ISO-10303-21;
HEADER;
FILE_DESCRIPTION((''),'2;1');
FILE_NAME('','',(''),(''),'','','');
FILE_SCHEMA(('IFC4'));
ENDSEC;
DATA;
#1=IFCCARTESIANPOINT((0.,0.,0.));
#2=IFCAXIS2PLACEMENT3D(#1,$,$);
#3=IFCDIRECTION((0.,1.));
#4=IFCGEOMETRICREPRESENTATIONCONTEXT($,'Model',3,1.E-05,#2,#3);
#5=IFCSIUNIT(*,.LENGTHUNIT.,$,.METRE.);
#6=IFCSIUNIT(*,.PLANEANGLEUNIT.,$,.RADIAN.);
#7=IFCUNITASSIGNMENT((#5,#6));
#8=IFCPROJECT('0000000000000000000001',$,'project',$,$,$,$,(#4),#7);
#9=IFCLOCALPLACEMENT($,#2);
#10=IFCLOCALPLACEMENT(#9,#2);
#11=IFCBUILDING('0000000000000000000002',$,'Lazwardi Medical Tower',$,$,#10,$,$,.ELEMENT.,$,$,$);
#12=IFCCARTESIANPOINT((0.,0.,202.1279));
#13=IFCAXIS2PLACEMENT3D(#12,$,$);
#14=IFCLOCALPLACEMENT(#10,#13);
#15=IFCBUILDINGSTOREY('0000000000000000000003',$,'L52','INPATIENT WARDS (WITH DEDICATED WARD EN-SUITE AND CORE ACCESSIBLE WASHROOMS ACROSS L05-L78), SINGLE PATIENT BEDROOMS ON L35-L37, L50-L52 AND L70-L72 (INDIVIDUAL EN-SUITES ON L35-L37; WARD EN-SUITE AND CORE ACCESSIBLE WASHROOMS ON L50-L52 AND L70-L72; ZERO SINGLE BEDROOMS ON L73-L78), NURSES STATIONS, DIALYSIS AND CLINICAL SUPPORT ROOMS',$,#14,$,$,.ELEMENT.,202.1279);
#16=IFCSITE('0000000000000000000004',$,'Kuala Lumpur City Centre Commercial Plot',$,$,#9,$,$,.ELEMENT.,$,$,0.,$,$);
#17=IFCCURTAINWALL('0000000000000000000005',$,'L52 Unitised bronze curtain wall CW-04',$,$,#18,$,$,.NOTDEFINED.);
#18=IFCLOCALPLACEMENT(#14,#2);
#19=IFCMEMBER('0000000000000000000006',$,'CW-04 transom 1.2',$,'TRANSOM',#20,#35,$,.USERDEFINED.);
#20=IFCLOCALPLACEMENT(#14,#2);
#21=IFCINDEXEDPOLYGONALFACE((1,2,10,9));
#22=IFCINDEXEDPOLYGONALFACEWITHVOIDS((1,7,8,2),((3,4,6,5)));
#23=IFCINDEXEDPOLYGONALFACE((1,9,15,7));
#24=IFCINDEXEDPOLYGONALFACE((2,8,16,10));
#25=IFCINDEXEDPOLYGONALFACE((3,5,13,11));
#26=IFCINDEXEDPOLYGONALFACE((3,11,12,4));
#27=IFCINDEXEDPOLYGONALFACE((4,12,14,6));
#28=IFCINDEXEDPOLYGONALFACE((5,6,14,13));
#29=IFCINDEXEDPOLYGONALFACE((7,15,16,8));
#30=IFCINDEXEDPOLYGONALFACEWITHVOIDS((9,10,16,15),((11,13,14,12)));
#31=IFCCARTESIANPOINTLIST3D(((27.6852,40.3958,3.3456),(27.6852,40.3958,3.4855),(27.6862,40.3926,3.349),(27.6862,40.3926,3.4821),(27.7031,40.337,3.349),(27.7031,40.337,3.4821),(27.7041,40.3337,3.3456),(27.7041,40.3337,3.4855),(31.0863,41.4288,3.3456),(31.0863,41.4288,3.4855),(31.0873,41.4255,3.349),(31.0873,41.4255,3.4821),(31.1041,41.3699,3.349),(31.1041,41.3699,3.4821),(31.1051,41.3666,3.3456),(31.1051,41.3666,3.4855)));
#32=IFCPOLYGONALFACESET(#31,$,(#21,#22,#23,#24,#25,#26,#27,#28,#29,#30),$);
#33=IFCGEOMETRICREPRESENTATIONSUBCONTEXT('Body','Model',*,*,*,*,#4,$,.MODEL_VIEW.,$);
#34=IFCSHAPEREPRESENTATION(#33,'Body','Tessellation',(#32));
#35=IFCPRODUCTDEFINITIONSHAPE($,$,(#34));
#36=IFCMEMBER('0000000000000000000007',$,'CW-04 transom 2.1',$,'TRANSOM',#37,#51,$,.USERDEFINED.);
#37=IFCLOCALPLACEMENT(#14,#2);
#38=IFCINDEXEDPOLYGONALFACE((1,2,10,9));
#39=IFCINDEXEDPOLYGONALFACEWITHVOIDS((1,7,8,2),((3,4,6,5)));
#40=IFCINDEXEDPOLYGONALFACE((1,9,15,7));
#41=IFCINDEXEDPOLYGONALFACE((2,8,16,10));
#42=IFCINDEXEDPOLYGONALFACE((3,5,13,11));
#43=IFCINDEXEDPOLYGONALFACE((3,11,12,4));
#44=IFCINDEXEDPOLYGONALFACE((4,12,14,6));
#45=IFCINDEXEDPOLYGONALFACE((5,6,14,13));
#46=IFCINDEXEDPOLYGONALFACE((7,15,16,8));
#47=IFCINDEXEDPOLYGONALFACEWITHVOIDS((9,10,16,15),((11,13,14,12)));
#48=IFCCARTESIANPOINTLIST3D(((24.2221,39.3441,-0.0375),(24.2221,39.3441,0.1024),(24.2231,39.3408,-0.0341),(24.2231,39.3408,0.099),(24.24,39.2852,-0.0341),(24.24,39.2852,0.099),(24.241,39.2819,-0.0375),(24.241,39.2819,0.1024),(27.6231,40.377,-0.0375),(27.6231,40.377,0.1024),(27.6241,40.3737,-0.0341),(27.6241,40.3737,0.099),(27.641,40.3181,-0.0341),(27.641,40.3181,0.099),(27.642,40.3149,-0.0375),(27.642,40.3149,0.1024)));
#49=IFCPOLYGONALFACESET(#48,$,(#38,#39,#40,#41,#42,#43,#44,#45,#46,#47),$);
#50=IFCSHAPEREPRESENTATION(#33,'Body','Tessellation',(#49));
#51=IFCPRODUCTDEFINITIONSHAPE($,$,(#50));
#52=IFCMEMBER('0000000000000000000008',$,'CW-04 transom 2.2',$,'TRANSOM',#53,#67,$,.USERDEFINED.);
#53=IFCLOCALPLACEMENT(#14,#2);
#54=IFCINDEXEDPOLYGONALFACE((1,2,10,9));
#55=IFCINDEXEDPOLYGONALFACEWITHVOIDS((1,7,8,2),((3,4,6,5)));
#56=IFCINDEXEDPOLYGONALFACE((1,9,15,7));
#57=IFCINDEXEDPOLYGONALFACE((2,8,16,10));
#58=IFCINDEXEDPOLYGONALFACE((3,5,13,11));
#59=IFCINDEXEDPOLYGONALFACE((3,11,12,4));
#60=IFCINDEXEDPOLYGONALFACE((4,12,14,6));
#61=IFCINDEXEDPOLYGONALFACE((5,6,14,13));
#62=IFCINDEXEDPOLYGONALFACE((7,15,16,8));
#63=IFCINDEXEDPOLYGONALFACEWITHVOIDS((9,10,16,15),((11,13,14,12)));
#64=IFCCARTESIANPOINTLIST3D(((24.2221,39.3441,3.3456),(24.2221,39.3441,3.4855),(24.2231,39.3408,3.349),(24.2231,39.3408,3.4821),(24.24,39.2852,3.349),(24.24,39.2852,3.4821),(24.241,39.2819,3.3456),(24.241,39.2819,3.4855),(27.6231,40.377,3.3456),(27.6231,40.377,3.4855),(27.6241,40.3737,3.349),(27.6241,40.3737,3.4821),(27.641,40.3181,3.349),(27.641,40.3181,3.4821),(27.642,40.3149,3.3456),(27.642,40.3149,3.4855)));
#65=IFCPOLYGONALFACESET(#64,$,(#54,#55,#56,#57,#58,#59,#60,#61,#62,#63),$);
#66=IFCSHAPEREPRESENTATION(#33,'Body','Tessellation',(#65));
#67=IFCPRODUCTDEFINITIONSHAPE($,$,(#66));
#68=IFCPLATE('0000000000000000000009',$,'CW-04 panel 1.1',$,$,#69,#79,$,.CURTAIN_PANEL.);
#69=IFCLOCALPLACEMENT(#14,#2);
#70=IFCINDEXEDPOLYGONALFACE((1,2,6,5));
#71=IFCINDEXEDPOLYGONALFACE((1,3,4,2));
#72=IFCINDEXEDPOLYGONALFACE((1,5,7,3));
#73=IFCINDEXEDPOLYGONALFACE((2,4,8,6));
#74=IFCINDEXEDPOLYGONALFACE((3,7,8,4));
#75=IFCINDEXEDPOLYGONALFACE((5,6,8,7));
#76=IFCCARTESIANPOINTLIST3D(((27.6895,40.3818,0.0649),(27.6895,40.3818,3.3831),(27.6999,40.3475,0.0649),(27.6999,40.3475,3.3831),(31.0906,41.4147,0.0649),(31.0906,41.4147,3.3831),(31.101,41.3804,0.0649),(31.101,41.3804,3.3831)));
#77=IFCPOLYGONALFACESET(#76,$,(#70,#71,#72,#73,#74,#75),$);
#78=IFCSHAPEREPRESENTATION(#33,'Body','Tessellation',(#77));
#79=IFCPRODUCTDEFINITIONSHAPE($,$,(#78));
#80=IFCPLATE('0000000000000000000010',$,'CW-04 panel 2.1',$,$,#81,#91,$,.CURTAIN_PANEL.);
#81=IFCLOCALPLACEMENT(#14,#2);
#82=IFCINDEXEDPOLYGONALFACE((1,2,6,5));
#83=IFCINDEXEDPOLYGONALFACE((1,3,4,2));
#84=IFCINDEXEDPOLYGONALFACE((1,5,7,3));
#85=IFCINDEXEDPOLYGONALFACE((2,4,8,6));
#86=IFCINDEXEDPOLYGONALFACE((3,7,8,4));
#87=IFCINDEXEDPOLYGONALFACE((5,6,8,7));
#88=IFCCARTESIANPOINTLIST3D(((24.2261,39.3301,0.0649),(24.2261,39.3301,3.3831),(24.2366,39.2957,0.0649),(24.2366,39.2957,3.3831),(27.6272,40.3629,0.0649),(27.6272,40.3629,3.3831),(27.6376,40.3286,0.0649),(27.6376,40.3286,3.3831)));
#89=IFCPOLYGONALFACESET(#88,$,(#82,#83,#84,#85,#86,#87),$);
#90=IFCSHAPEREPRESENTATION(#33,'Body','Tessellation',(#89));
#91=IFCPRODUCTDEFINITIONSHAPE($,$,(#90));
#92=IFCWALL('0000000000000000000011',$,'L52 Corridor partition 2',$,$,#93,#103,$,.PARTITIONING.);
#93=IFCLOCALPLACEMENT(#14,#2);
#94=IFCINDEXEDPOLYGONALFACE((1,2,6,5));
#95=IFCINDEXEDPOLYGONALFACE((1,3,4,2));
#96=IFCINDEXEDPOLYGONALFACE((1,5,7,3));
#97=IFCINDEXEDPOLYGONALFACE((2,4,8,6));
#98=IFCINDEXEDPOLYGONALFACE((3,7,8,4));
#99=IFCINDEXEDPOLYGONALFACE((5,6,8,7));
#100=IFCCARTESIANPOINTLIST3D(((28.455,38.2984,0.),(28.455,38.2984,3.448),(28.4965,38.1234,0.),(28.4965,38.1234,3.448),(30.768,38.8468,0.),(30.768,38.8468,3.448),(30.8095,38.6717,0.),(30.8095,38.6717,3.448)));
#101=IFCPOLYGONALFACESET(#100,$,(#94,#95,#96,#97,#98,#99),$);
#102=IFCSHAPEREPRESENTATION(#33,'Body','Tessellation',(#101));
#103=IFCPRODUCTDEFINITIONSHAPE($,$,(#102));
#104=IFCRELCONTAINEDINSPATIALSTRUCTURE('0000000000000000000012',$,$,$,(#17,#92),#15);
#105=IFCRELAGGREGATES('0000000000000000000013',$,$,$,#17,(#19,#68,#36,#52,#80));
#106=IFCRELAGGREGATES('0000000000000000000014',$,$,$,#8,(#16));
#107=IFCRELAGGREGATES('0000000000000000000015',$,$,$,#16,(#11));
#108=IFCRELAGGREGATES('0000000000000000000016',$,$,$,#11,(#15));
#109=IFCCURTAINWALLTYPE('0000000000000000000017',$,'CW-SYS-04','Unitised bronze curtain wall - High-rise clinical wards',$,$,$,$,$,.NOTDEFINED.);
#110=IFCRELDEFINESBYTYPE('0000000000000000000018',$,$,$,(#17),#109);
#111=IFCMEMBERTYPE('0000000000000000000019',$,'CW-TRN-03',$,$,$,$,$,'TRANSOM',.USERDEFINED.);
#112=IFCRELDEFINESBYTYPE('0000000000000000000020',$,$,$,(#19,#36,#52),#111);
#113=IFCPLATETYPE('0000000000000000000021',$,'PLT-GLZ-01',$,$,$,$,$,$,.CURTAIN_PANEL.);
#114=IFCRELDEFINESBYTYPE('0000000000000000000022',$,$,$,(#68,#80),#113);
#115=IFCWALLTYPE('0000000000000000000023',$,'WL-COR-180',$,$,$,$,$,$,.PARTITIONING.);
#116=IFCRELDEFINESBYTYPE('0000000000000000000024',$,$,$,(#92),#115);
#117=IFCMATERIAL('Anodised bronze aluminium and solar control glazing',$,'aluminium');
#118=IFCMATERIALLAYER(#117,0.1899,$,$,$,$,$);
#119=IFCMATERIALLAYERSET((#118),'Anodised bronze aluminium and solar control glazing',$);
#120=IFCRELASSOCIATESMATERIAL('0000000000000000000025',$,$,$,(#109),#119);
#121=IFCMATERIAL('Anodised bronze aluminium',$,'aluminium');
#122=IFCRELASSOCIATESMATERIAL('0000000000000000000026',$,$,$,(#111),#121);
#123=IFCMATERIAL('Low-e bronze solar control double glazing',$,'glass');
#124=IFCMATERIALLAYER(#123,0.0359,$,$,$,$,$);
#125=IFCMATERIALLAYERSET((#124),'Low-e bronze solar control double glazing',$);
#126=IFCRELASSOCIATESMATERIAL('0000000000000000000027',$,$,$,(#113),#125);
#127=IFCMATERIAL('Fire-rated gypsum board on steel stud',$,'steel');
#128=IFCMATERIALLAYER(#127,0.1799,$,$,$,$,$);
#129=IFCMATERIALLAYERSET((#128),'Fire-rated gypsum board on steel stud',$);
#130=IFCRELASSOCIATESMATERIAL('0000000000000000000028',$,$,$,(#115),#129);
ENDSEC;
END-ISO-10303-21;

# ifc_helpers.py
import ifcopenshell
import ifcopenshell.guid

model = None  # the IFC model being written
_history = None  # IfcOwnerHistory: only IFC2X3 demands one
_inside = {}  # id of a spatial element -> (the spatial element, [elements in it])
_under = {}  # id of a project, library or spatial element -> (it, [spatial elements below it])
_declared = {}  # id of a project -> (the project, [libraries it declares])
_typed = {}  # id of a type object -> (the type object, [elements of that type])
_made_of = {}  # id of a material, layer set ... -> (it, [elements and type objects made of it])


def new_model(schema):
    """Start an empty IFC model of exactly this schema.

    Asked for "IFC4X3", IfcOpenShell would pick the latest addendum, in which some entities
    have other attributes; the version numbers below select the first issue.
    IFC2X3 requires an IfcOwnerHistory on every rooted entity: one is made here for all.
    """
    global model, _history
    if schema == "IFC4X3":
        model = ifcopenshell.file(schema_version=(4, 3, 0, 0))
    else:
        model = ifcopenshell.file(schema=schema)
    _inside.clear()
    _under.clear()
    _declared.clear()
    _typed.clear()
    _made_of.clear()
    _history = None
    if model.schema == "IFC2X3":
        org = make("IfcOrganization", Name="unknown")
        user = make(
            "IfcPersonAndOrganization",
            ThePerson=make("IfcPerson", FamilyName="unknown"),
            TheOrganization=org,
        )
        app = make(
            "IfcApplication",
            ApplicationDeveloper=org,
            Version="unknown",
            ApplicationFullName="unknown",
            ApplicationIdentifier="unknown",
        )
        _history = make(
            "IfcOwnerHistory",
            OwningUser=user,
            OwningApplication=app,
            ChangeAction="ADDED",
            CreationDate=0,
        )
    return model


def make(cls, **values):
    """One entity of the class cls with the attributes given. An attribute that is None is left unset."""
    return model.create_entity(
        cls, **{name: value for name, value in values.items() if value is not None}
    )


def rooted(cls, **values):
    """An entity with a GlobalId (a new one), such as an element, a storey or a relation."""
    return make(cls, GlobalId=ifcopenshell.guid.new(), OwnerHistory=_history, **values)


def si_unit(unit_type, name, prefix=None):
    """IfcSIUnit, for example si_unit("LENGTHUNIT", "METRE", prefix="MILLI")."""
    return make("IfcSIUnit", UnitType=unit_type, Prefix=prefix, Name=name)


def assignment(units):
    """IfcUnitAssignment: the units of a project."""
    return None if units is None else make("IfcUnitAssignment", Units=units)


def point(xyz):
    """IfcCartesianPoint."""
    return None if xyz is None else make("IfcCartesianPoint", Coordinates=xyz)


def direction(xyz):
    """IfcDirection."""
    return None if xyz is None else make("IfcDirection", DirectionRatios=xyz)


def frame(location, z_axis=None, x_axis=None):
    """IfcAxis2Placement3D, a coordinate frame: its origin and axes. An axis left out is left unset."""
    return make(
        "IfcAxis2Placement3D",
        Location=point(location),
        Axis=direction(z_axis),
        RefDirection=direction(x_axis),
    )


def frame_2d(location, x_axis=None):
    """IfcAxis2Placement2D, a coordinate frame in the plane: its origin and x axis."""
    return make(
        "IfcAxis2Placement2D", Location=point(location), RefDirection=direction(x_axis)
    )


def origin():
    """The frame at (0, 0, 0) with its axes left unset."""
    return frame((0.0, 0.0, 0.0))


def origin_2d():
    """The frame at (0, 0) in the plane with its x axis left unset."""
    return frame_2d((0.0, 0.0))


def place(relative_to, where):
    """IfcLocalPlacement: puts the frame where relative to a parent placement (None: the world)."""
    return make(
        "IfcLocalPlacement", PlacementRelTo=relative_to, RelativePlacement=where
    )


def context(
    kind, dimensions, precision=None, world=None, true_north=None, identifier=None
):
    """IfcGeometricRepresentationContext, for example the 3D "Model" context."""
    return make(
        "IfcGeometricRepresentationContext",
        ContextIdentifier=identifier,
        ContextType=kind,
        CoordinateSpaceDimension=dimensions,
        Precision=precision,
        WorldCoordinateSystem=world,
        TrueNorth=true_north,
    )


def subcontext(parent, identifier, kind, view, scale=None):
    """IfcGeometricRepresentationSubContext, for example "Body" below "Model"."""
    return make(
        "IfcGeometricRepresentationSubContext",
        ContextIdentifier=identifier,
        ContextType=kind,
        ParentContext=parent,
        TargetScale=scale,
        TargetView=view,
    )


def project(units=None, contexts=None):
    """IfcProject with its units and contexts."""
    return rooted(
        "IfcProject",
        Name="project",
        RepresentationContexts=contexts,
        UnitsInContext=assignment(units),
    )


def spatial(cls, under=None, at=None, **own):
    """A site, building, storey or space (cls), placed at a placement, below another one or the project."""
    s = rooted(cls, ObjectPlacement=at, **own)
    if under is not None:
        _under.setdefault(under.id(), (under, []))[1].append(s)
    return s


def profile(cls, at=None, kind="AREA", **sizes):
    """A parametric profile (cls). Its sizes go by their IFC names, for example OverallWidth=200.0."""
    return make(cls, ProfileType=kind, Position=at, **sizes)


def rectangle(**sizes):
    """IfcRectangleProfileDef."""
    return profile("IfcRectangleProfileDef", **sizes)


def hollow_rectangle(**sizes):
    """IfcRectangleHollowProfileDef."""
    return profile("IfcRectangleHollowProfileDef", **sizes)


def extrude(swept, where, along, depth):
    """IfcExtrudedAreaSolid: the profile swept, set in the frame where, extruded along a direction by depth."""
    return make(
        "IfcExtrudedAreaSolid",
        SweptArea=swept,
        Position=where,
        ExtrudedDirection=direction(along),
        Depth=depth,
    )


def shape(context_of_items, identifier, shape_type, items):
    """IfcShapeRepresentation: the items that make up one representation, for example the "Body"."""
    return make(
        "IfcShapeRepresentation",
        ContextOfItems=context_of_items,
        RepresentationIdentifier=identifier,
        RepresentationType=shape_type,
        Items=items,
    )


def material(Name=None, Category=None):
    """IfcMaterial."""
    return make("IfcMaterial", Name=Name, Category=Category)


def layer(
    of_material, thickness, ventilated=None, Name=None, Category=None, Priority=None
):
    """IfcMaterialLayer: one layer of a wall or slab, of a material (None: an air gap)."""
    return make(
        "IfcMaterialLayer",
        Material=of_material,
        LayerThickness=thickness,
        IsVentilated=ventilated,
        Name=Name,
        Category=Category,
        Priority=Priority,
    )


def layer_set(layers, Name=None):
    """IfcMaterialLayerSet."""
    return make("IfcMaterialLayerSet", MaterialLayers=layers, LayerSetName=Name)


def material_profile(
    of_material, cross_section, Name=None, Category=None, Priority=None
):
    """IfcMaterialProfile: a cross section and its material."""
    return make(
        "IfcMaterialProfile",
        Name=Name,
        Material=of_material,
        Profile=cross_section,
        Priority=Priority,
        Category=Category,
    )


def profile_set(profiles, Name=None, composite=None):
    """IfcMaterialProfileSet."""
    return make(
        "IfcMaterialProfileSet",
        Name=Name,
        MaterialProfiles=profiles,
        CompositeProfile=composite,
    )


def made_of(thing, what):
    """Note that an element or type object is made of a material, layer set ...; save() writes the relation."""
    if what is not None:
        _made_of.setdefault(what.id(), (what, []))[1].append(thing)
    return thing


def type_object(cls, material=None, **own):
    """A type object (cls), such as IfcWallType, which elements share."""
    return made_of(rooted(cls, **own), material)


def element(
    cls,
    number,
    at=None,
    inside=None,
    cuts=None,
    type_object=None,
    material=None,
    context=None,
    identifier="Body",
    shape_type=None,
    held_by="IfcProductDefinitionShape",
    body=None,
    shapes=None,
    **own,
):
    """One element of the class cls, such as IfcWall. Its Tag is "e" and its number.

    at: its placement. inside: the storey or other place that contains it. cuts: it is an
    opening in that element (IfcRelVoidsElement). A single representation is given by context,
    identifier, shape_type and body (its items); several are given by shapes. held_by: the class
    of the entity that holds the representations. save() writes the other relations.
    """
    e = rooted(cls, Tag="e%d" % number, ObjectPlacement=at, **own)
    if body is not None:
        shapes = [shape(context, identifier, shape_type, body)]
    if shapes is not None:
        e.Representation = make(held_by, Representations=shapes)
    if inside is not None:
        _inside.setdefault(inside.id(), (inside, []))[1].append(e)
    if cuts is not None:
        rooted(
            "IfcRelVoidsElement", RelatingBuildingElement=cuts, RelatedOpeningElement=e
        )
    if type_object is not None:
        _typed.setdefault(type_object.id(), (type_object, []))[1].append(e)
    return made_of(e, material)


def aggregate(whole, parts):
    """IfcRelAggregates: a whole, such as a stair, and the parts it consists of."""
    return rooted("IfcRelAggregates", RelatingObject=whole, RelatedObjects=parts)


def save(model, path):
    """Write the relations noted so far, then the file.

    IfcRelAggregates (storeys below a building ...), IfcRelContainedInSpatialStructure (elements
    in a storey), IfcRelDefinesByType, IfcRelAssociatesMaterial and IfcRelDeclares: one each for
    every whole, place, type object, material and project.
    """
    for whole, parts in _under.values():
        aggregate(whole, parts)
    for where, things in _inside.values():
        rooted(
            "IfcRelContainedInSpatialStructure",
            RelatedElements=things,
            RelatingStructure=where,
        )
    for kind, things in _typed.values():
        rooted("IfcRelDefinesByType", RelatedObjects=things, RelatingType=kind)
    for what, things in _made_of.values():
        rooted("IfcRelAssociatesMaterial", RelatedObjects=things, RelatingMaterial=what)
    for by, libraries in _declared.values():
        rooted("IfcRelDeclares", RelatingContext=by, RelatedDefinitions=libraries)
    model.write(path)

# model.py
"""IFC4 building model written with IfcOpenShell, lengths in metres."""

from ifc_helpers import new_model, si_unit, direction, frame, frame_2d, origin, origin_2d, place, context, subcontext, project, spatial, rectangle, hollow_rectangle, extrude, material, layer, layer_set, material_profile, profile_set, type_object, element, aggregate, save


model = new_model("IFC4")

# Units and contexts
model_context = context("Model", 3, precision=1e-05, world=origin(), true_north=direction((0.0, 1.0)))
body_context = subcontext(model_context, "Body", "Model", "MODEL_VIEW")
ifc_project = project(units=[si_unit("LENGTHUNIT", "METRE"), si_unit("PLANEANGLEUNIT", "RADIAN")], contexts=[model_context])

# Site, building, storey
site_placement = place(None, origin())
site = spatial("IfcSite", under=ifc_project, at=site_placement, Name="Kuala Lumpur City Centre Commercial Plot", CompositionType="ELEMENT", RefElevation=0.0)
building_placement = place(site_placement, origin())
building = spatial("IfcBuilding", under=site, at=building_placement, Name="Lazwardi Medical Tower", CompositionType="ELEMENT")
storey_placement = place(building_placement, frame((0.0, 0.0, 202.1279)))
storey = spatial("IfcBuildingStorey", under=building, at=storey_placement, Name="L52", Description="INPATIENT WARDS (WITH DEDICATED WARD EN-SUITE AND CORE ACCESSIBLE WASHROOMS ACROSS L05-L78), SINGLE PATIENT BEDROOMS ON L35-L37, L50-L52 AND L70-L72 (INDIVIDUAL EN-SUITES ON L35-L37; WARD EN-SUITE AND CORE ACCESSIBLE WASHROOMS ON L50-L52 AND L70-L72; ZERO SINGLE BEDROOMS ON L73-L78), NURSES STATIONS, DIALYSIS AND CLINICAL SUPPORT ROOMS", CompositionType="ELEMENT", Elevation=202.1279)

# Curtain wall, members, plates
ifc_material_1 = material(Name="Anodised bronze aluminium and solar control glazing", Category="aluminium")
ifc_layer_1 = layer(ifc_material_1, 0.1899)
ifc_layer_set_1 = layer_set([ifc_layer_1], Name="Anodised bronze aluminium and solar control glazing")
curtain_wall_type = type_object("IfcCurtainWallType", Name="CW-SYS-04", Description="Unitised bronze curtain wall - High-rise clinical wards", PredefinedType="NOTDEFINED", material=ifc_layer_set_1)
curtain_wall_placement = place(storey_placement, origin())
curtain_wall = element("IfcCurtainWall", 1, at=curtain_wall_placement, inside=storey, type_object=curtain_wall_type, Name="L52 Unitised bronze curtain wall CW-04", PredefinedType="NOTDEFINED")
ifc_material_2 = material(Name="Anodised bronze aluminium", Category="aluminium")
ifc_material_profile_1 = material_profile(ifc_material_2, hollow_rectangle(XDim=0.0649, YDim=0.1399, WallThickness=0.0034, at=origin_2d()), Name="ALU-TRANSOM 140x65x3.5")
ifc_profile_set_1 = profile_set([ifc_material_profile_1], Name="Anodised bronze aluminium")
member_type_1 = type_object("IfcMemberType", Name="CW-TRN-03", ElementType="TRANSOM", PredefinedType="USERDEFINED", material=ifc_profile_set_1)
member_1_placement = place(storey_placement, frame((31.0957, 41.3977, 3.4155), z_axis=(-0.956843, -0.290604, 0.0), x_axis=(0.290604, -0.956843, 0.0)))
member_1 = element("IfcMember", 2, at=member_1_placement, type_object=member_type_1, Name="CW-04 transom 1.2", ObjectType="TRANSOM", PredefinedType="USERDEFINED", context=body_context, shape_type="SweptSolid", body=[
    extrude(hollow_rectangle(XDim=0.0649, YDim=0.1399, WallThickness=0.0034, at=origin_2d()), origin(), (0.0, 0.0, 1.0), 3.5544),
])
member_2_placement = place(storey_placement, frame((27.6326, 40.3459, 0.0325), z_axis=(-0.956843, -0.290604, 0.0), x_axis=(0.290604, -0.956843, 0.0)))
member_2 = element("IfcMember", 3, at=member_2_placement, type_object=member_type_1, Name="CW-04 transom 2.1", ObjectType="TRANSOM", PredefinedType="USERDEFINED", context=body_context, shape_type="SweptSolid", body=[
    extrude(hollow_rectangle(XDim=0.0649, YDim=0.1399, WallThickness=0.0034, at=origin_2d()), origin(), (0.0, 0.0, 1.0), 3.5544),
])
member_3_placement = place(storey_placement, frame((27.6326, 40.3459, 3.4155), z_axis=(-0.956843, -0.290604, 0.0), x_axis=(0.290604, -0.956843, 0.0)))
member_3 = element("IfcMember", 4, at=member_3_placement, type_object=member_type_1, Name="CW-04 transom 2.2", ObjectType="TRANSOM", PredefinedType="USERDEFINED", context=body_context, shape_type="SweptSolid", body=[
    extrude(hollow_rectangle(XDim=0.0649, YDim=0.1399, WallThickness=0.0034, at=origin_2d()), origin(), (0.0, 0.0, 1.0), 3.5544),
])
ifc_material_3 = material(Name="Low-e bronze solar control double glazing", Category="glass")
ifc_layer_2 = layer(ifc_material_3, 0.0359)
ifc_layer_set_2 = layer_set([ifc_layer_2], Name="Low-e bronze solar control double glazing")
plate_type = type_object("IfcPlateType", Name="PLT-GLZ-01", PredefinedType="CURTAIN_PANEL", material=ifc_layer_set_2)
plate_1_placement = place(storey_placement, frame((29.3953, 40.8811, 0.0649), z_axis=(0.0, 0.0, 1.0), x_axis=(-0.95685, -0.290582, 0.0)))
plate_1 = element("IfcPlate", 5, at=plate_1_placement, type_object=plate_type, Name="CW-04 panel 1.1", PredefinedType="CURTAIN_PANEL", context=body_context, shape_type="SweptSolid", body=[
    extrude(rectangle(XDim=3.5544, YDim=0.0359, at=origin_2d()), origin(), (0.0, 0.0, 1.0), 3.3181),
])
plate_2_placement = place(storey_placement, frame((25.9319, 39.8293, 0.0649), z_axis=(0.0, 0.0, 1.0), x_axis=(-0.95685, -0.290582, 0.0)))
plate_2 = element("IfcPlate", 6, at=plate_2_placement, type_object=plate_type, Name="CW-04 panel 2.1", PredefinedType="CURTAIN_PANEL", context=body_context, shape_type="SweptSolid", body=[
    extrude(rectangle(XDim=3.5544, YDim=0.0359, at=origin_2d()), origin(), (0.0, 0.0, 1.0), 3.3181),
])
aggregate(curtain_wall, [member_1, plate_1, member_2, member_3, plate_2])

# Wall
ifc_material_4 = material(Name="Fire-rated gypsum board on steel stud", Category="steel")
ifc_layer_3 = layer(ifc_material_4, 0.1799)
ifc_layer_set_3 = layer_set([ifc_layer_3], Name="Fire-rated gypsum board on steel stud")
wall_type_1 = type_object("IfcWallType", Name="WL-COR-180", PredefinedType="PARTITIONING", material=ifc_layer_set_3)
wall_1_placement = place(storey_placement, frame((28.4758, 38.2109, 0.0), z_axis=(0.0, 0.0, 1.0), x_axis=(0.973031, 0.230676, 0.0)))
element("IfcWall", 7, at=wall_1_placement, inside=storey, type_object=wall_type_1, Name="L52 Corridor partition 2", PredefinedType="PARTITIONING", context=body_context, shape_type="SweptSolid", body=[
    extrude(rectangle(XDim=2.3772, YDim=0.1799, at=frame_2d((1.1885, 0.0))), origin(), (0.0, 0.0, 1.0), 3.448),
])

save(model, "model.ifc")
